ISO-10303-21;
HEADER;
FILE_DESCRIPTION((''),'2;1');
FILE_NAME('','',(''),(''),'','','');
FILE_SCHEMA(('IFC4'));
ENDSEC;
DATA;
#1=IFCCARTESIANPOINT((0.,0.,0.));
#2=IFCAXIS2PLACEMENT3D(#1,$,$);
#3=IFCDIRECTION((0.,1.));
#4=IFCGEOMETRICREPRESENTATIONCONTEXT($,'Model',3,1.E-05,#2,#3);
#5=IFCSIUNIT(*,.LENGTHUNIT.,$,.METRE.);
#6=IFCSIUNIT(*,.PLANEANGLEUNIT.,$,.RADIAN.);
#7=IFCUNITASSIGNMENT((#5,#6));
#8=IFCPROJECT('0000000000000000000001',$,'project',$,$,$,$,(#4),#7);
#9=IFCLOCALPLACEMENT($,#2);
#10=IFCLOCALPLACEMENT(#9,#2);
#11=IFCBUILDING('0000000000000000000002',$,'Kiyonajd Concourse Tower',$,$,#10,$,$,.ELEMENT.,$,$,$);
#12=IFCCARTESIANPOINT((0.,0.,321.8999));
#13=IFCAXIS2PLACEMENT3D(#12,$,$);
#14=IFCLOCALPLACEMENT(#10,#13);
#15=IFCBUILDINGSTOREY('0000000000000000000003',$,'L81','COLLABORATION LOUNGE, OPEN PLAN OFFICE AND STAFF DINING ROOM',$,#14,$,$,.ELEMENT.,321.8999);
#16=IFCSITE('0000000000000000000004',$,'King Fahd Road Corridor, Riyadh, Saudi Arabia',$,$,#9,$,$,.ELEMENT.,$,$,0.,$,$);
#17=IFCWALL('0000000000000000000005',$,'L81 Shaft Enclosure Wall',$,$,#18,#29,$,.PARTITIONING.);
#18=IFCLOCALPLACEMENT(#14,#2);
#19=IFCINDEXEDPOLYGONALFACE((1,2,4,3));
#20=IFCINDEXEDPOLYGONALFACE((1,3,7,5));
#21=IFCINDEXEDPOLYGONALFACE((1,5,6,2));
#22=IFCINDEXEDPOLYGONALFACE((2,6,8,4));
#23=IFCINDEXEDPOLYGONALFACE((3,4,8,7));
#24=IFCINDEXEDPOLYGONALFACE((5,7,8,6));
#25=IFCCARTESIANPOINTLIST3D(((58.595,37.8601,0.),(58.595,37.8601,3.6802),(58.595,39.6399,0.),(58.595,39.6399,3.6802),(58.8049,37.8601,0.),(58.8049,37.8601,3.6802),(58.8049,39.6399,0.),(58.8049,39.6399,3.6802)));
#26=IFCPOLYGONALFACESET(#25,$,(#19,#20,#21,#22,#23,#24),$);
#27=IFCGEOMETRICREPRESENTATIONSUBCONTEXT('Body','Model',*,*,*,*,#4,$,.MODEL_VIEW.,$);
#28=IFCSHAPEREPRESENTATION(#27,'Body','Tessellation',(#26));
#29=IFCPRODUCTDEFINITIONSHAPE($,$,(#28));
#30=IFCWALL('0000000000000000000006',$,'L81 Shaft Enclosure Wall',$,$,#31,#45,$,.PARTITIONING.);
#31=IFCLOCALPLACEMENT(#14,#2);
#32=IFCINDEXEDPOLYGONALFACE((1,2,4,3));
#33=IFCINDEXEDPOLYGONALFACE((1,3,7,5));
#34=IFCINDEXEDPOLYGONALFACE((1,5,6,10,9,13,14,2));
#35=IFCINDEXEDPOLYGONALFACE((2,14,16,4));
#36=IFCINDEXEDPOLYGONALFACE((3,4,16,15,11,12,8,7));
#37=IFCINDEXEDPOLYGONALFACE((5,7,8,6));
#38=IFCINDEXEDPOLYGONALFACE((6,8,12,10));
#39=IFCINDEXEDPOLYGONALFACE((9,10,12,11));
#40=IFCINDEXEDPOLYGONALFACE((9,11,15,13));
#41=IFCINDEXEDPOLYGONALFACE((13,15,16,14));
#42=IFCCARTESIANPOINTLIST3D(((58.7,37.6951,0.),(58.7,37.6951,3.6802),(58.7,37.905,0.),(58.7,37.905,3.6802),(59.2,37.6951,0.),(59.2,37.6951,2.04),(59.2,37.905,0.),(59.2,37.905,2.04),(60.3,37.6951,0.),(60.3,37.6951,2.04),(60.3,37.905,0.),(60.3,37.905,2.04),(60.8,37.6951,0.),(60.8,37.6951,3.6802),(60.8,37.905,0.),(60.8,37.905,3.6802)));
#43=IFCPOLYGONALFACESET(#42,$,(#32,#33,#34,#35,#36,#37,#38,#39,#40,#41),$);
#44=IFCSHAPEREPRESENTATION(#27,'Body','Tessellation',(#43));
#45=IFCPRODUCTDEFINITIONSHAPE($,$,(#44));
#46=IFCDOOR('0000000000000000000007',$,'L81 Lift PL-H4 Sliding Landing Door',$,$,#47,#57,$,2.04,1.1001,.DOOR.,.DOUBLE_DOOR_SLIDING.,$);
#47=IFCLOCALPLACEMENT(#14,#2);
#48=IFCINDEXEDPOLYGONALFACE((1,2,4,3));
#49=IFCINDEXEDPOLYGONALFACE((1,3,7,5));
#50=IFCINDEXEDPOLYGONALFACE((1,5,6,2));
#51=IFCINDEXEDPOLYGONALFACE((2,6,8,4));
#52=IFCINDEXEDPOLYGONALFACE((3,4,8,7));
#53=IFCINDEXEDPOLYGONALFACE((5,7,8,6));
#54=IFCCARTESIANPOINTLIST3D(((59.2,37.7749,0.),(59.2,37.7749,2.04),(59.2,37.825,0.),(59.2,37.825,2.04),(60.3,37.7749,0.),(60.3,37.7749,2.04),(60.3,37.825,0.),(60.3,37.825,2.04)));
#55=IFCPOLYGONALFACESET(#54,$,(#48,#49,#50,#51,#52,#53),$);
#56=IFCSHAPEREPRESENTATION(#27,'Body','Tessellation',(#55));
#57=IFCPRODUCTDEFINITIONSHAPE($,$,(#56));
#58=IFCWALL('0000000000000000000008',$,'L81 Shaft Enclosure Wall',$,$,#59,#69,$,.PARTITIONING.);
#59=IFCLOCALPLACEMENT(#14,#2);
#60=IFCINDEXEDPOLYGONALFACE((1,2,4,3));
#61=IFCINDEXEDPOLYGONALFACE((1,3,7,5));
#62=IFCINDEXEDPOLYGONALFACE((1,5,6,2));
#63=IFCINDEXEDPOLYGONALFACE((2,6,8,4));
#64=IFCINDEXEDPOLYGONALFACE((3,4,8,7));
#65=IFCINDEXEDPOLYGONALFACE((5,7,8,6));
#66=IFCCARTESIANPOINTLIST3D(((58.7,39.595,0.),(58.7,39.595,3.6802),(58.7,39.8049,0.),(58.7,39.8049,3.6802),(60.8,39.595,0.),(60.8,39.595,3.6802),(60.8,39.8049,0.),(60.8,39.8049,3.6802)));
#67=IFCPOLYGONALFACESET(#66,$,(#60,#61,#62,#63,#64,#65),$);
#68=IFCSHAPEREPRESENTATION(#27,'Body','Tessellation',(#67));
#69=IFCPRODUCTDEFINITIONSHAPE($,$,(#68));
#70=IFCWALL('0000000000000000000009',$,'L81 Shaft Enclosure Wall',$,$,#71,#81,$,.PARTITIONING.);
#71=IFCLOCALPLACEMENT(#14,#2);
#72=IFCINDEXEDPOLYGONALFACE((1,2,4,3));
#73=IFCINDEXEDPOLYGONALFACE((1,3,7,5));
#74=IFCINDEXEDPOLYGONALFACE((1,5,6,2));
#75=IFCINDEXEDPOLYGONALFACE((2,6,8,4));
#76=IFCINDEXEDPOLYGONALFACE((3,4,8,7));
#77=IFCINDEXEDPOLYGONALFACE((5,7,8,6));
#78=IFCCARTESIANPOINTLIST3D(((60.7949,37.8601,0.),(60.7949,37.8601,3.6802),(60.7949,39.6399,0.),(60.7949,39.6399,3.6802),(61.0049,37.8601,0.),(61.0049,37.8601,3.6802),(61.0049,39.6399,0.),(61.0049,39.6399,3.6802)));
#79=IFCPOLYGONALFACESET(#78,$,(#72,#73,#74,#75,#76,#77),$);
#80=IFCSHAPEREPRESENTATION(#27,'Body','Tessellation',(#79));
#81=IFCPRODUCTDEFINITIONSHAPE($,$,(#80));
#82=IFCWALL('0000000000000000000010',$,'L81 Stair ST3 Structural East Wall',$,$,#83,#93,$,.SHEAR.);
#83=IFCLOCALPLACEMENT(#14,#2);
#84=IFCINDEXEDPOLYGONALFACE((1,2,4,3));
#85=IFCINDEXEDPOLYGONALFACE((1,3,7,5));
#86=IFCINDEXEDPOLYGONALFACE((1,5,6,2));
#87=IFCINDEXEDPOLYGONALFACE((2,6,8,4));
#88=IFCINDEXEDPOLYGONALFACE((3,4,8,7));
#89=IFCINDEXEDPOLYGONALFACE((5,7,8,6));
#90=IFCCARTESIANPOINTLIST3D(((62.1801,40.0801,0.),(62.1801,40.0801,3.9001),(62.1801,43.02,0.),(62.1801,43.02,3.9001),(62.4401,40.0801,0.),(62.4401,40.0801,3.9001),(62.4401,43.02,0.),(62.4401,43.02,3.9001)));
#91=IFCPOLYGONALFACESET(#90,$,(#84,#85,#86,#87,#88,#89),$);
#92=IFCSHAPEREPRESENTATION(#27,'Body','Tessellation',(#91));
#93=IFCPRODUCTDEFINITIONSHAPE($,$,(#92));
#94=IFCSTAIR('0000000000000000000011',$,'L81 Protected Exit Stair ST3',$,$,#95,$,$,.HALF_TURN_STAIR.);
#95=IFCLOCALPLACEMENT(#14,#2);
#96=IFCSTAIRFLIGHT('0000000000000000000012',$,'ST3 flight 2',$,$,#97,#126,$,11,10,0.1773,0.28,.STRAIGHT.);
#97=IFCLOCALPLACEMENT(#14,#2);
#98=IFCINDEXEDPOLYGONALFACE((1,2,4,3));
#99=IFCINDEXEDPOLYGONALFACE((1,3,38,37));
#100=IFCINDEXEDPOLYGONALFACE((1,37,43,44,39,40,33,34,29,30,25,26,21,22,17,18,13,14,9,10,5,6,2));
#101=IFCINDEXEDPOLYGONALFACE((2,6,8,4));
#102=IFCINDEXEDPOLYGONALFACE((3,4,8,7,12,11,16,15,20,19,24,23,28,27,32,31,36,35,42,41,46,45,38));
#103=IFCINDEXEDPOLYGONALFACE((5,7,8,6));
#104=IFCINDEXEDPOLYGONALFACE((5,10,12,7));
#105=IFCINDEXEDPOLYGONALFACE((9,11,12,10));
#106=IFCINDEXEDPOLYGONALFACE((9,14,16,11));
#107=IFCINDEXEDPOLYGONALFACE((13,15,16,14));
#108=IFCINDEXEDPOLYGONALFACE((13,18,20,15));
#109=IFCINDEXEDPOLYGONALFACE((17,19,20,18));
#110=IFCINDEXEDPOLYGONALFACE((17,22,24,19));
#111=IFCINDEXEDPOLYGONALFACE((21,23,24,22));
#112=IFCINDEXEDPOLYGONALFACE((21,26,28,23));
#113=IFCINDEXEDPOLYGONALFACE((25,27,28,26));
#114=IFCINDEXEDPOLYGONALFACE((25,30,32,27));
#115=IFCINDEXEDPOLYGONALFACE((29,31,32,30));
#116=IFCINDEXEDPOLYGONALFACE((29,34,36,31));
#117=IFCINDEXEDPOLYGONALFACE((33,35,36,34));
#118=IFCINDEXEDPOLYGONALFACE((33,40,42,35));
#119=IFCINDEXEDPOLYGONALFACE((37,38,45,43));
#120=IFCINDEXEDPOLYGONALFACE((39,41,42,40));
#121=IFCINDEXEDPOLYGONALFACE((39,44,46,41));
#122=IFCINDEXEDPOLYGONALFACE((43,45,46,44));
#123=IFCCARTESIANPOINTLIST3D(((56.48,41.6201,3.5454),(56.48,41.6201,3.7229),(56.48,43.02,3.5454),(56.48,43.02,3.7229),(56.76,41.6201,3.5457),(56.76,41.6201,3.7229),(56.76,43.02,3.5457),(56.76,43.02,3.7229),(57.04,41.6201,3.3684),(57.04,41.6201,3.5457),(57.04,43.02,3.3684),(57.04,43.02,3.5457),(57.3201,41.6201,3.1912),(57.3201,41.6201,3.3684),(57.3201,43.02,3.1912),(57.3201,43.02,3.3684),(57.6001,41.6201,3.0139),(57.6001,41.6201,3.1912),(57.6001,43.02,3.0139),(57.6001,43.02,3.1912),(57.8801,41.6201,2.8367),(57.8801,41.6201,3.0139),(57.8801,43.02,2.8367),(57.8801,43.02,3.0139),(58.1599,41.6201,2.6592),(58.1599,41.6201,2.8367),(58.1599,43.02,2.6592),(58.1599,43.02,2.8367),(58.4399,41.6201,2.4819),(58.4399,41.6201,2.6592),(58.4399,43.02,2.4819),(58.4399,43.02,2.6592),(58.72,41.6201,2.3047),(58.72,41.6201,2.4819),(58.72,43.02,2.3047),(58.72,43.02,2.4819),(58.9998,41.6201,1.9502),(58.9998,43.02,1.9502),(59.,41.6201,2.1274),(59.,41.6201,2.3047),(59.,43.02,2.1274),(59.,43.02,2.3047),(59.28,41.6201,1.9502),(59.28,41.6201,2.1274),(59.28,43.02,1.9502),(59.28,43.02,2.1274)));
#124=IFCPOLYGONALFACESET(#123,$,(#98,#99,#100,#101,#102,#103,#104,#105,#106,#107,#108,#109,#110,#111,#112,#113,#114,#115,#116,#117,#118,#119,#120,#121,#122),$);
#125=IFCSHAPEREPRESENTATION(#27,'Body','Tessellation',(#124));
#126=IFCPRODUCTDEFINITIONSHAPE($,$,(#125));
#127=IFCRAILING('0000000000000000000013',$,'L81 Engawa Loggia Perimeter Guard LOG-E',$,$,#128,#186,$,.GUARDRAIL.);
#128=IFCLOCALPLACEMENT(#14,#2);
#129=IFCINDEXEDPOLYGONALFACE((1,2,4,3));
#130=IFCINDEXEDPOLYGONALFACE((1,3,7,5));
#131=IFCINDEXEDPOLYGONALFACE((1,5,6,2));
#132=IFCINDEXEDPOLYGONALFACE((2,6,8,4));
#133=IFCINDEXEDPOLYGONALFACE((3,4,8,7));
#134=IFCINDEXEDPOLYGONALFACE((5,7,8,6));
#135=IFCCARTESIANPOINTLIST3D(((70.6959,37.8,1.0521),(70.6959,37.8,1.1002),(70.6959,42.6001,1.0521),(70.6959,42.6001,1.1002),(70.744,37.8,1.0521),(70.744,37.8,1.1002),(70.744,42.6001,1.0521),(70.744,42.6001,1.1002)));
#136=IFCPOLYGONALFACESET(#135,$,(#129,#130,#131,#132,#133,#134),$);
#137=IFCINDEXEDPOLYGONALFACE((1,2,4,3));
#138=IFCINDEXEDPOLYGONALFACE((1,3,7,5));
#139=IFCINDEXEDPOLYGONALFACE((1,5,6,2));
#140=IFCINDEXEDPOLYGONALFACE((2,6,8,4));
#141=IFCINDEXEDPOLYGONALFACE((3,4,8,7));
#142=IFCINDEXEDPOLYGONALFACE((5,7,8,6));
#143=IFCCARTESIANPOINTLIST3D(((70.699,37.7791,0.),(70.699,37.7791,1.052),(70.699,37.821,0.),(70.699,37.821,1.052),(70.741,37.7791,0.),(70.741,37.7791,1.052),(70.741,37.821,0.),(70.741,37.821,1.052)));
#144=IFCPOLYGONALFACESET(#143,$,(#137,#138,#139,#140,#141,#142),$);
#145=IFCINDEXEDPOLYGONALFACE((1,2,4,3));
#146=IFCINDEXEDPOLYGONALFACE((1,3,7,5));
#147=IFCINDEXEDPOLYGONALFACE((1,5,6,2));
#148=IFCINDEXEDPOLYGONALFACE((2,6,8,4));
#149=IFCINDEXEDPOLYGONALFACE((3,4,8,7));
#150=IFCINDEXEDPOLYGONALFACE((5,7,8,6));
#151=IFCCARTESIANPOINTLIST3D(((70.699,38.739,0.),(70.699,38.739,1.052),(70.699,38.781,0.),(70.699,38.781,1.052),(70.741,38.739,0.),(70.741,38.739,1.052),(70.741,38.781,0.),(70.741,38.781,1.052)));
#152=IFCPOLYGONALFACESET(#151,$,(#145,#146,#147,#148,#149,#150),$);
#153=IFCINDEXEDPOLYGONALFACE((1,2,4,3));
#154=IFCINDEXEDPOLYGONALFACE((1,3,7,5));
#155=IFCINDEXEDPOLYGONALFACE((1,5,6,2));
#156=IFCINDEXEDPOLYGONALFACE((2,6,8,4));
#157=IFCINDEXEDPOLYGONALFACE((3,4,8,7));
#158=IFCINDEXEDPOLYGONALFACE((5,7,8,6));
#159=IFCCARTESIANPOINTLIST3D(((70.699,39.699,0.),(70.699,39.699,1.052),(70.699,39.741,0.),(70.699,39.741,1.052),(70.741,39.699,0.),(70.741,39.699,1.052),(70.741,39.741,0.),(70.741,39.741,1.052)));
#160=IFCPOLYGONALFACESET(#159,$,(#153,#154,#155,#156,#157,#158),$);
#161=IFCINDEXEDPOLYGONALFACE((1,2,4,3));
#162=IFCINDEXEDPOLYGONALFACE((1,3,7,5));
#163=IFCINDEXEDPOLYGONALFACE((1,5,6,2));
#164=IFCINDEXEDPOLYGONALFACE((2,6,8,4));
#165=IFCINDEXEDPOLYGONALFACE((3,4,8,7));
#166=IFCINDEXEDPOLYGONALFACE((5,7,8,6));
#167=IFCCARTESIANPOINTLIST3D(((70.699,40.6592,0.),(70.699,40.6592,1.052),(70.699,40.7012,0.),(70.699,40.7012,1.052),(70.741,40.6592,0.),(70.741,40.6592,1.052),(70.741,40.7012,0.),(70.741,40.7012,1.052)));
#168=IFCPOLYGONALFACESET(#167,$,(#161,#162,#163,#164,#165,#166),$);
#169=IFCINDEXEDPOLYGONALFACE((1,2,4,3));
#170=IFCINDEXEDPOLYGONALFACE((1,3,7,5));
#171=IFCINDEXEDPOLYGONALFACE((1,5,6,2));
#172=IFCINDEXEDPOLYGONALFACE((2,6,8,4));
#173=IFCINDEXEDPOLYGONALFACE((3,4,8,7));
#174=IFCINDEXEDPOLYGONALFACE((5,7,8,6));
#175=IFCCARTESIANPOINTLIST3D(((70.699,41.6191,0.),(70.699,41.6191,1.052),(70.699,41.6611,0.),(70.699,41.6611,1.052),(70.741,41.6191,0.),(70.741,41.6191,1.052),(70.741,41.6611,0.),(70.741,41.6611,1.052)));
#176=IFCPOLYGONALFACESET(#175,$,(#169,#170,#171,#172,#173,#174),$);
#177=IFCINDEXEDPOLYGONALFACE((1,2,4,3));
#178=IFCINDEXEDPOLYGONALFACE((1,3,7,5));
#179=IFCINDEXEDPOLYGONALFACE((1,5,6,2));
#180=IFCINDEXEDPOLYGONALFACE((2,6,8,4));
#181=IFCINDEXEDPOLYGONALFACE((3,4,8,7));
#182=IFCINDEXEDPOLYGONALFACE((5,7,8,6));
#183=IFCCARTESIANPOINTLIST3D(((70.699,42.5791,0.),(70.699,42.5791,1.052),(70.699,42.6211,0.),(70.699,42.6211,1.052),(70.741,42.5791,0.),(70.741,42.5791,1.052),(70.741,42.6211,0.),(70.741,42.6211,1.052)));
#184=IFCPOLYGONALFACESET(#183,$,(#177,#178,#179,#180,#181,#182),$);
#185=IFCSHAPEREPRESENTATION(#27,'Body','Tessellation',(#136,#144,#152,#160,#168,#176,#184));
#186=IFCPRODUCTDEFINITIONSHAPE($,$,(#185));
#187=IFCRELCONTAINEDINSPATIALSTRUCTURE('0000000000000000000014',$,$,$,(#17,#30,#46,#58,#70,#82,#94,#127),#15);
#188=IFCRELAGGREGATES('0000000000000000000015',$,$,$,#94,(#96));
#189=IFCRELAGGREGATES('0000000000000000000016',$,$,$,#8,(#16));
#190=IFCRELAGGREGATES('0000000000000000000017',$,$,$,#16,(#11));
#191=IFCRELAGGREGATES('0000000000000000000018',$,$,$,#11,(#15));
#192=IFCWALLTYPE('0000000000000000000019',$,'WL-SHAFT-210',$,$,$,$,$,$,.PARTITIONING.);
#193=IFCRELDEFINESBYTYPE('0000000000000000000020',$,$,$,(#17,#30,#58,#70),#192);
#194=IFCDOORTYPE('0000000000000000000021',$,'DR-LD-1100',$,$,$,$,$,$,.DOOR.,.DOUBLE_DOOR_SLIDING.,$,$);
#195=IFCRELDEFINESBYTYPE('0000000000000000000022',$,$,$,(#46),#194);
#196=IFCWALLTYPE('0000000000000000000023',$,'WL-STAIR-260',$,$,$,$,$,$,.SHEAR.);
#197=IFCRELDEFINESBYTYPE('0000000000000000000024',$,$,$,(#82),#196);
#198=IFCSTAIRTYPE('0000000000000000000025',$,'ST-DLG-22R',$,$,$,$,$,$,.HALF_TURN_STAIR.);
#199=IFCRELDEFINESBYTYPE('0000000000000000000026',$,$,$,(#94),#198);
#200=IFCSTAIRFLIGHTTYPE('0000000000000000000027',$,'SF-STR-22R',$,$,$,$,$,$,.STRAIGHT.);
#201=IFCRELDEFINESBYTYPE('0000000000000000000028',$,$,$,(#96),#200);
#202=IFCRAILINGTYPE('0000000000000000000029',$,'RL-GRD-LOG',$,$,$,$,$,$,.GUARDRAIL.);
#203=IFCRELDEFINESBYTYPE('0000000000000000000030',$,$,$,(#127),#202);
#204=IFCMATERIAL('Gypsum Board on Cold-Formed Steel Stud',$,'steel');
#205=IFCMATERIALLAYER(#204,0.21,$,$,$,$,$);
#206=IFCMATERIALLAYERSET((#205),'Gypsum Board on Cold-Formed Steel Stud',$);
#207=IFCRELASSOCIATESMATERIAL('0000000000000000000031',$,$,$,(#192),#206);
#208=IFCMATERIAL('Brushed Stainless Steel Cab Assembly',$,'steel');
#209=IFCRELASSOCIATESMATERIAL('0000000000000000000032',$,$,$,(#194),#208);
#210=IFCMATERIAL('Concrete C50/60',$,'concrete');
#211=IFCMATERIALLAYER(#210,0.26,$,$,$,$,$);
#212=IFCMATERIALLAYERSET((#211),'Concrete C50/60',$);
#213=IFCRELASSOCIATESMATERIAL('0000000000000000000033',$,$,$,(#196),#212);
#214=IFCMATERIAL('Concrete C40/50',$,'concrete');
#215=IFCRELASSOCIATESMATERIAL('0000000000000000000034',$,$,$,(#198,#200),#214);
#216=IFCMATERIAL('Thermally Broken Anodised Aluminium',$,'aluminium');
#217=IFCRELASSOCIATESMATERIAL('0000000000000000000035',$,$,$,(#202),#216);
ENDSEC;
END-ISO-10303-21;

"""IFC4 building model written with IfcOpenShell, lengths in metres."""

from ifc_helpers import new_model, si_unit, direction, frame, frame_2d, origin, origin_2d, place, context, subcontext, project, spatial, polyline, rectangle, outline, extrude, material, layer, layer_set, type_object, element, fill, aggregate, save


model = new_model("IFC4")

# Units and contexts
model_context = context("Model", 3, precision=1e-05, world=origin(), true_north=direction((0.0, 1.0)))
body_context = subcontext(model_context, "Body", "Model", "MODEL_VIEW")
ifc_project = project(units=[si_unit("LENGTHUNIT", "METRE"), si_unit("PLANEANGLEUNIT", "RADIAN")], contexts=[model_context])

# Site, building, storey
site_placement = place(None, origin())
site = spatial("IfcSite", under=ifc_project, at=site_placement, Name="King Fahd Road Corridor, Riyadh, Saudi Arabia", CompositionType="ELEMENT", RefElevation=0.0)
building_placement = place(site_placement, origin())
building = spatial("IfcBuilding", under=site, at=building_placement, Name="Kiyonajd Concourse Tower", CompositionType="ELEMENT")
storey_placement = place(building_placement, frame((0.0, 0.0, 321.8999)))
storey = spatial("IfcBuildingStorey", under=building, at=storey_placement, Name="L81", Description="COLLABORATION LOUNGE, OPEN PLAN OFFICE AND STAFF DINING ROOM", CompositionType="ELEMENT", Elevation=321.8999)

# Shared definitions
ifc_material_1 = material(Name="Thermally Broken Anodised Aluminium", Category="aluminium")

# Wall
ifc_material_2 = material(Name="Gypsum Board on Cold-Formed Steel Stud", Category="steel")
ifc_layer_1 = layer(ifc_material_2, 0.21)
ifc_layer_set_1 = layer_set([ifc_layer_1], Name="Gypsum Board on Cold-Formed Steel Stud")
wall_type_1 = type_object("IfcWallType", Name="WL-SHAFT-210", PredefinedType="PARTITIONING", material=ifc_layer_set_1)
wall_1_placement = place(storey_placement, frame((58.7, 37.8601, 0.0), z_axis=(0.0, 0.0, 1.0), x_axis=(0.0, 1.0, 0.0)))
element("IfcWall", 1, at=wall_1_placement, inside=storey, type_object=wall_type_1, Name="L81 Shaft Enclosure Wall", PredefinedType="PARTITIONING", context=body_context, shape_type="SweptSolid", body=[
    extrude(rectangle(XDim=1.7798, YDim=0.21, at=frame_2d((0.8899, 0.0))), origin(), (0.0, 0.0, 1.0), 3.6802),
])

# Wall, opening, door
wall_2_placement = place(storey_placement, frame((58.7, 37.8, 0.0), z_axis=(0.0, 0.0, 1.0), x_axis=(1.0, 0.0, 0.0)))
wall_2 = element("IfcWall", 2, at=wall_2_placement, inside=storey, type_object=wall_type_1, Name="L81 Shaft Enclosure Wall", PredefinedType="PARTITIONING", context=body_context, shape_type="SweptSolid", body=[
    extrude(rectangle(XDim=2.1001, YDim=0.21, at=frame_2d((1.05, 0.0))), origin(), (0.0, 0.0, 1.0), 3.6802),
])
opening_1_placement = place(wall_2_placement, frame((0.5, 0.0, 0.0)))
opening_1 = element("IfcOpeningElement", 3, at=opening_1_placement, cuts=wall_2, PredefinedType="OPENING", context=body_context, shape_type="SweptSolid", body=[
    extrude(rectangle(XDim=1.1001, YDim=2.04, at=frame_2d((0.55, 1.02))), frame((0.0, 0.115, 0.0), z_axis=(0.0, -1.0, 0.0), x_axis=(1.0, 0.0, 0.0)), (0.0, 0.0, 1.0), 0.23),
])
ifc_material_3 = material(Name="Brushed Stainless Steel Cab Assembly", Category="steel")
door_type_1 = type_object("IfcDoorType", Name="DR-LD-1100", OperationType="DOUBLE_DOOR_SLIDING", PredefinedType="DOOR", material=ifc_material_3)
door_1_placement = place(opening_1_placement, origin())
door_1 = element("IfcDoor", 4, at=door_1_placement, inside=storey, type_object=door_type_1, Name="L81 Lift PL-H4 Sliding Landing Door", OperationType="DOUBLE_DOOR_SLIDING", OverallHeight=2.04, OverallWidth=1.1001, PredefinedType="DOOR", context=body_context, shape_type="SweptSolid", body=[
    extrude(rectangle(XDim=1.1001, YDim=2.04, at=frame_2d((0.55, 1.02))), frame((0.0, 0.0249, 0.0), z_axis=(0.0, -1.0, 0.0), x_axis=(1.0, 0.0, 0.0)), (0.0, 0.0, 1.0), 0.05),
])
fill(opening_1, door_1)

# Walls
wall_3_placement = place(storey_placement, frame((58.7, 39.7, 0.0), z_axis=(0.0, 0.0, 1.0), x_axis=(1.0, 0.0, 0.0)))
element("IfcWall", 5, at=wall_3_placement, inside=storey, type_object=wall_type_1, Name="L81 Shaft Enclosure Wall", PredefinedType="PARTITIONING", context=body_context, shape_type="SweptSolid", body=[
    extrude(rectangle(XDim=2.1001, YDim=0.21, at=frame_2d((1.05, 0.0))), origin(), (0.0, 0.0, 1.0), 3.6802),
])
wall_4_placement = place(storey_placement, frame((60.8999, 37.8601, 0.0), z_axis=(0.0, 0.0, 1.0), x_axis=(0.0, 1.0, 0.0)))
element("IfcWall", 6, at=wall_4_placement, inside=storey, type_object=wall_type_1, Name="L81 Shaft Enclosure Wall", PredefinedType="PARTITIONING", context=body_context, shape_type="SweptSolid", body=[
    extrude(rectangle(XDim=1.7798, YDim=0.21, at=frame_2d((0.8899, 0.0))), origin(), (0.0, 0.0, 1.0), 3.6802),
])
ifc_material_4 = material(Name="Concrete C50/60", Category="concrete")
ifc_layer_2 = layer(ifc_material_4, 0.26)
ifc_layer_set_2 = layer_set([ifc_layer_2], Name="Concrete C50/60")
wall_type_2 = type_object("IfcWallType", Name="WL-STAIR-260", PredefinedType="SHEAR", material=ifc_layer_set_2)
wall_5_placement = place(storey_placement, frame((62.3101, 40.0801, 0.0), z_axis=(0.0, 0.0, 1.0), x_axis=(0.0, 1.0, 0.0)))
element("IfcWall", 7, at=wall_5_placement, inside=storey, type_object=wall_type_2, Name="L81 Stair ST3 Structural East Wall", PredefinedType="SHEAR", context=body_context, shape_type="SweptSolid", body=[
    extrude(rectangle(XDim=2.9399, YDim=0.26, at=frame_2d((1.47, 0.0))), origin(), (0.0, 0.0, 1.0), 3.9001),
])

# Stair, stair flight
ifc_material_5 = material(Name="Concrete C40/50", Category="concrete")
stair_type = type_object("IfcStairType", Name="ST-DLG-22R", PredefinedType="HALF_TURN_STAIR", material=ifc_material_5)
stair_placement = place(storey_placement, origin())
stair = element("IfcStair", 8, at=stair_placement, inside=storey, type_object=stair_type, Name="L81 Protected Exit Stair ST3", PredefinedType="HALF_TURN_STAIR")
stair_flight_type = type_object("IfcStairFlightType", Name="SF-STR-22R", PredefinedType="STRAIGHT", material=ifc_material_5)
stair_flight_placement = place(storey_placement, frame((59.28, 42.3201, 1.9502), z_axis=(0.0, 0.0, 1.0), x_axis=(-1.0, 0.0, 0.0)))
stair_flight = element("IfcStairFlight", 9, at=stair_flight_placement, type_object=stair_flight_type, Name="ST3 flight 2", NumberOfRisers=11, NumberOfTreads=10, PredefinedType="STRAIGHT", RiserHeight=0.1773, TreadLength=0.28, context=body_context, shape_type="SweptSolid", body=[
    extrude(outline(polyline([(0.0, 0.0), (0.0, 0.1772), (0.28, 0.1772), (0.28, 0.3545), (0.5601, 0.3545), (0.5601, 0.5317), (0.8401, 0.5317), (0.8401, 0.709), (1.1201, 0.709), (1.1201, 0.8865), (1.3999, 0.8865), (1.3999, 1.0637), (1.6799, 1.0637), (1.6799, 1.241), (1.96, 1.241), (1.96, 1.4182), (2.24, 1.4182), (2.24, 1.5955), (2.52, 1.5955), (2.52, 1.7727), (2.8, 1.7727), (2.8, 1.95), (2.8, 1.5952), (0.2803, 0.0), (0.0, 0.0)])), frame((0.0, 0.7, 0.0), z_axis=(0.0, -1.0, 0.0), x_axis=(1.0, 0.0, 0.0)), (0.0, 0.0, 1.0), 1.3999),
])
aggregate(stair, [stair_flight])

# Railing
railing_type_1 = type_object("IfcRailingType", Name="RL-GRD-LOG", PredefinedType="GUARDRAIL", material=ifc_material_1)
railing_1_placement = place(storey_placement, frame((70.72, 37.8, 0.0)))
element("IfcRailing", 10, at=railing_1_placement, inside=storey, type_object=railing_type_1, Name="L81 Engawa Loggia Perimeter Guard LOG-E", PredefinedType="GUARDRAIL", context=body_context, shape_type="SweptSolid", body=[
    extrude(rectangle(XDim=0.0481, YDim=0.0481, at=origin_2d()), frame((0.0, 0.0, 1.0762), z_axis=(0.0, 1.0, 0.0), x_axis=(-1.0, 0.0, 0.0)), (0.0, 0.0, 1.0), 4.8),
    extrude(rectangle(XDim=0.042, YDim=0.042, at=origin_2d()), origin(), (0.0, 0.0, 1.0), 1.052),
    extrude(rectangle(XDim=0.042, YDim=0.042, at=origin_2d()), frame((0.0, 0.96, 0.0)), (0.0, 0.0, 1.0), 1.052),
    extrude(rectangle(XDim=0.042, YDim=0.042, at=origin_2d()), frame((0.0, 1.9199, 0.0)), (0.0, 0.0, 1.0), 1.052),
    extrude(rectangle(XDim=0.042, YDim=0.042, at=origin_2d()), frame((0.0, 2.8801, 0.0)), (0.0, 0.0, 1.0), 1.052),
    extrude(rectangle(XDim=0.042, YDim=0.042, at=origin_2d()), frame((0.0, 3.8401, 0.0)), (0.0, 0.0, 1.0), 1.052),
    extrude(rectangle(XDim=0.042, YDim=0.042, at=origin_2d()), frame((0.0, 4.8, 0.0)), (0.0, 0.0, 1.0), 1.052),
])

save(model, "model.ifc")
